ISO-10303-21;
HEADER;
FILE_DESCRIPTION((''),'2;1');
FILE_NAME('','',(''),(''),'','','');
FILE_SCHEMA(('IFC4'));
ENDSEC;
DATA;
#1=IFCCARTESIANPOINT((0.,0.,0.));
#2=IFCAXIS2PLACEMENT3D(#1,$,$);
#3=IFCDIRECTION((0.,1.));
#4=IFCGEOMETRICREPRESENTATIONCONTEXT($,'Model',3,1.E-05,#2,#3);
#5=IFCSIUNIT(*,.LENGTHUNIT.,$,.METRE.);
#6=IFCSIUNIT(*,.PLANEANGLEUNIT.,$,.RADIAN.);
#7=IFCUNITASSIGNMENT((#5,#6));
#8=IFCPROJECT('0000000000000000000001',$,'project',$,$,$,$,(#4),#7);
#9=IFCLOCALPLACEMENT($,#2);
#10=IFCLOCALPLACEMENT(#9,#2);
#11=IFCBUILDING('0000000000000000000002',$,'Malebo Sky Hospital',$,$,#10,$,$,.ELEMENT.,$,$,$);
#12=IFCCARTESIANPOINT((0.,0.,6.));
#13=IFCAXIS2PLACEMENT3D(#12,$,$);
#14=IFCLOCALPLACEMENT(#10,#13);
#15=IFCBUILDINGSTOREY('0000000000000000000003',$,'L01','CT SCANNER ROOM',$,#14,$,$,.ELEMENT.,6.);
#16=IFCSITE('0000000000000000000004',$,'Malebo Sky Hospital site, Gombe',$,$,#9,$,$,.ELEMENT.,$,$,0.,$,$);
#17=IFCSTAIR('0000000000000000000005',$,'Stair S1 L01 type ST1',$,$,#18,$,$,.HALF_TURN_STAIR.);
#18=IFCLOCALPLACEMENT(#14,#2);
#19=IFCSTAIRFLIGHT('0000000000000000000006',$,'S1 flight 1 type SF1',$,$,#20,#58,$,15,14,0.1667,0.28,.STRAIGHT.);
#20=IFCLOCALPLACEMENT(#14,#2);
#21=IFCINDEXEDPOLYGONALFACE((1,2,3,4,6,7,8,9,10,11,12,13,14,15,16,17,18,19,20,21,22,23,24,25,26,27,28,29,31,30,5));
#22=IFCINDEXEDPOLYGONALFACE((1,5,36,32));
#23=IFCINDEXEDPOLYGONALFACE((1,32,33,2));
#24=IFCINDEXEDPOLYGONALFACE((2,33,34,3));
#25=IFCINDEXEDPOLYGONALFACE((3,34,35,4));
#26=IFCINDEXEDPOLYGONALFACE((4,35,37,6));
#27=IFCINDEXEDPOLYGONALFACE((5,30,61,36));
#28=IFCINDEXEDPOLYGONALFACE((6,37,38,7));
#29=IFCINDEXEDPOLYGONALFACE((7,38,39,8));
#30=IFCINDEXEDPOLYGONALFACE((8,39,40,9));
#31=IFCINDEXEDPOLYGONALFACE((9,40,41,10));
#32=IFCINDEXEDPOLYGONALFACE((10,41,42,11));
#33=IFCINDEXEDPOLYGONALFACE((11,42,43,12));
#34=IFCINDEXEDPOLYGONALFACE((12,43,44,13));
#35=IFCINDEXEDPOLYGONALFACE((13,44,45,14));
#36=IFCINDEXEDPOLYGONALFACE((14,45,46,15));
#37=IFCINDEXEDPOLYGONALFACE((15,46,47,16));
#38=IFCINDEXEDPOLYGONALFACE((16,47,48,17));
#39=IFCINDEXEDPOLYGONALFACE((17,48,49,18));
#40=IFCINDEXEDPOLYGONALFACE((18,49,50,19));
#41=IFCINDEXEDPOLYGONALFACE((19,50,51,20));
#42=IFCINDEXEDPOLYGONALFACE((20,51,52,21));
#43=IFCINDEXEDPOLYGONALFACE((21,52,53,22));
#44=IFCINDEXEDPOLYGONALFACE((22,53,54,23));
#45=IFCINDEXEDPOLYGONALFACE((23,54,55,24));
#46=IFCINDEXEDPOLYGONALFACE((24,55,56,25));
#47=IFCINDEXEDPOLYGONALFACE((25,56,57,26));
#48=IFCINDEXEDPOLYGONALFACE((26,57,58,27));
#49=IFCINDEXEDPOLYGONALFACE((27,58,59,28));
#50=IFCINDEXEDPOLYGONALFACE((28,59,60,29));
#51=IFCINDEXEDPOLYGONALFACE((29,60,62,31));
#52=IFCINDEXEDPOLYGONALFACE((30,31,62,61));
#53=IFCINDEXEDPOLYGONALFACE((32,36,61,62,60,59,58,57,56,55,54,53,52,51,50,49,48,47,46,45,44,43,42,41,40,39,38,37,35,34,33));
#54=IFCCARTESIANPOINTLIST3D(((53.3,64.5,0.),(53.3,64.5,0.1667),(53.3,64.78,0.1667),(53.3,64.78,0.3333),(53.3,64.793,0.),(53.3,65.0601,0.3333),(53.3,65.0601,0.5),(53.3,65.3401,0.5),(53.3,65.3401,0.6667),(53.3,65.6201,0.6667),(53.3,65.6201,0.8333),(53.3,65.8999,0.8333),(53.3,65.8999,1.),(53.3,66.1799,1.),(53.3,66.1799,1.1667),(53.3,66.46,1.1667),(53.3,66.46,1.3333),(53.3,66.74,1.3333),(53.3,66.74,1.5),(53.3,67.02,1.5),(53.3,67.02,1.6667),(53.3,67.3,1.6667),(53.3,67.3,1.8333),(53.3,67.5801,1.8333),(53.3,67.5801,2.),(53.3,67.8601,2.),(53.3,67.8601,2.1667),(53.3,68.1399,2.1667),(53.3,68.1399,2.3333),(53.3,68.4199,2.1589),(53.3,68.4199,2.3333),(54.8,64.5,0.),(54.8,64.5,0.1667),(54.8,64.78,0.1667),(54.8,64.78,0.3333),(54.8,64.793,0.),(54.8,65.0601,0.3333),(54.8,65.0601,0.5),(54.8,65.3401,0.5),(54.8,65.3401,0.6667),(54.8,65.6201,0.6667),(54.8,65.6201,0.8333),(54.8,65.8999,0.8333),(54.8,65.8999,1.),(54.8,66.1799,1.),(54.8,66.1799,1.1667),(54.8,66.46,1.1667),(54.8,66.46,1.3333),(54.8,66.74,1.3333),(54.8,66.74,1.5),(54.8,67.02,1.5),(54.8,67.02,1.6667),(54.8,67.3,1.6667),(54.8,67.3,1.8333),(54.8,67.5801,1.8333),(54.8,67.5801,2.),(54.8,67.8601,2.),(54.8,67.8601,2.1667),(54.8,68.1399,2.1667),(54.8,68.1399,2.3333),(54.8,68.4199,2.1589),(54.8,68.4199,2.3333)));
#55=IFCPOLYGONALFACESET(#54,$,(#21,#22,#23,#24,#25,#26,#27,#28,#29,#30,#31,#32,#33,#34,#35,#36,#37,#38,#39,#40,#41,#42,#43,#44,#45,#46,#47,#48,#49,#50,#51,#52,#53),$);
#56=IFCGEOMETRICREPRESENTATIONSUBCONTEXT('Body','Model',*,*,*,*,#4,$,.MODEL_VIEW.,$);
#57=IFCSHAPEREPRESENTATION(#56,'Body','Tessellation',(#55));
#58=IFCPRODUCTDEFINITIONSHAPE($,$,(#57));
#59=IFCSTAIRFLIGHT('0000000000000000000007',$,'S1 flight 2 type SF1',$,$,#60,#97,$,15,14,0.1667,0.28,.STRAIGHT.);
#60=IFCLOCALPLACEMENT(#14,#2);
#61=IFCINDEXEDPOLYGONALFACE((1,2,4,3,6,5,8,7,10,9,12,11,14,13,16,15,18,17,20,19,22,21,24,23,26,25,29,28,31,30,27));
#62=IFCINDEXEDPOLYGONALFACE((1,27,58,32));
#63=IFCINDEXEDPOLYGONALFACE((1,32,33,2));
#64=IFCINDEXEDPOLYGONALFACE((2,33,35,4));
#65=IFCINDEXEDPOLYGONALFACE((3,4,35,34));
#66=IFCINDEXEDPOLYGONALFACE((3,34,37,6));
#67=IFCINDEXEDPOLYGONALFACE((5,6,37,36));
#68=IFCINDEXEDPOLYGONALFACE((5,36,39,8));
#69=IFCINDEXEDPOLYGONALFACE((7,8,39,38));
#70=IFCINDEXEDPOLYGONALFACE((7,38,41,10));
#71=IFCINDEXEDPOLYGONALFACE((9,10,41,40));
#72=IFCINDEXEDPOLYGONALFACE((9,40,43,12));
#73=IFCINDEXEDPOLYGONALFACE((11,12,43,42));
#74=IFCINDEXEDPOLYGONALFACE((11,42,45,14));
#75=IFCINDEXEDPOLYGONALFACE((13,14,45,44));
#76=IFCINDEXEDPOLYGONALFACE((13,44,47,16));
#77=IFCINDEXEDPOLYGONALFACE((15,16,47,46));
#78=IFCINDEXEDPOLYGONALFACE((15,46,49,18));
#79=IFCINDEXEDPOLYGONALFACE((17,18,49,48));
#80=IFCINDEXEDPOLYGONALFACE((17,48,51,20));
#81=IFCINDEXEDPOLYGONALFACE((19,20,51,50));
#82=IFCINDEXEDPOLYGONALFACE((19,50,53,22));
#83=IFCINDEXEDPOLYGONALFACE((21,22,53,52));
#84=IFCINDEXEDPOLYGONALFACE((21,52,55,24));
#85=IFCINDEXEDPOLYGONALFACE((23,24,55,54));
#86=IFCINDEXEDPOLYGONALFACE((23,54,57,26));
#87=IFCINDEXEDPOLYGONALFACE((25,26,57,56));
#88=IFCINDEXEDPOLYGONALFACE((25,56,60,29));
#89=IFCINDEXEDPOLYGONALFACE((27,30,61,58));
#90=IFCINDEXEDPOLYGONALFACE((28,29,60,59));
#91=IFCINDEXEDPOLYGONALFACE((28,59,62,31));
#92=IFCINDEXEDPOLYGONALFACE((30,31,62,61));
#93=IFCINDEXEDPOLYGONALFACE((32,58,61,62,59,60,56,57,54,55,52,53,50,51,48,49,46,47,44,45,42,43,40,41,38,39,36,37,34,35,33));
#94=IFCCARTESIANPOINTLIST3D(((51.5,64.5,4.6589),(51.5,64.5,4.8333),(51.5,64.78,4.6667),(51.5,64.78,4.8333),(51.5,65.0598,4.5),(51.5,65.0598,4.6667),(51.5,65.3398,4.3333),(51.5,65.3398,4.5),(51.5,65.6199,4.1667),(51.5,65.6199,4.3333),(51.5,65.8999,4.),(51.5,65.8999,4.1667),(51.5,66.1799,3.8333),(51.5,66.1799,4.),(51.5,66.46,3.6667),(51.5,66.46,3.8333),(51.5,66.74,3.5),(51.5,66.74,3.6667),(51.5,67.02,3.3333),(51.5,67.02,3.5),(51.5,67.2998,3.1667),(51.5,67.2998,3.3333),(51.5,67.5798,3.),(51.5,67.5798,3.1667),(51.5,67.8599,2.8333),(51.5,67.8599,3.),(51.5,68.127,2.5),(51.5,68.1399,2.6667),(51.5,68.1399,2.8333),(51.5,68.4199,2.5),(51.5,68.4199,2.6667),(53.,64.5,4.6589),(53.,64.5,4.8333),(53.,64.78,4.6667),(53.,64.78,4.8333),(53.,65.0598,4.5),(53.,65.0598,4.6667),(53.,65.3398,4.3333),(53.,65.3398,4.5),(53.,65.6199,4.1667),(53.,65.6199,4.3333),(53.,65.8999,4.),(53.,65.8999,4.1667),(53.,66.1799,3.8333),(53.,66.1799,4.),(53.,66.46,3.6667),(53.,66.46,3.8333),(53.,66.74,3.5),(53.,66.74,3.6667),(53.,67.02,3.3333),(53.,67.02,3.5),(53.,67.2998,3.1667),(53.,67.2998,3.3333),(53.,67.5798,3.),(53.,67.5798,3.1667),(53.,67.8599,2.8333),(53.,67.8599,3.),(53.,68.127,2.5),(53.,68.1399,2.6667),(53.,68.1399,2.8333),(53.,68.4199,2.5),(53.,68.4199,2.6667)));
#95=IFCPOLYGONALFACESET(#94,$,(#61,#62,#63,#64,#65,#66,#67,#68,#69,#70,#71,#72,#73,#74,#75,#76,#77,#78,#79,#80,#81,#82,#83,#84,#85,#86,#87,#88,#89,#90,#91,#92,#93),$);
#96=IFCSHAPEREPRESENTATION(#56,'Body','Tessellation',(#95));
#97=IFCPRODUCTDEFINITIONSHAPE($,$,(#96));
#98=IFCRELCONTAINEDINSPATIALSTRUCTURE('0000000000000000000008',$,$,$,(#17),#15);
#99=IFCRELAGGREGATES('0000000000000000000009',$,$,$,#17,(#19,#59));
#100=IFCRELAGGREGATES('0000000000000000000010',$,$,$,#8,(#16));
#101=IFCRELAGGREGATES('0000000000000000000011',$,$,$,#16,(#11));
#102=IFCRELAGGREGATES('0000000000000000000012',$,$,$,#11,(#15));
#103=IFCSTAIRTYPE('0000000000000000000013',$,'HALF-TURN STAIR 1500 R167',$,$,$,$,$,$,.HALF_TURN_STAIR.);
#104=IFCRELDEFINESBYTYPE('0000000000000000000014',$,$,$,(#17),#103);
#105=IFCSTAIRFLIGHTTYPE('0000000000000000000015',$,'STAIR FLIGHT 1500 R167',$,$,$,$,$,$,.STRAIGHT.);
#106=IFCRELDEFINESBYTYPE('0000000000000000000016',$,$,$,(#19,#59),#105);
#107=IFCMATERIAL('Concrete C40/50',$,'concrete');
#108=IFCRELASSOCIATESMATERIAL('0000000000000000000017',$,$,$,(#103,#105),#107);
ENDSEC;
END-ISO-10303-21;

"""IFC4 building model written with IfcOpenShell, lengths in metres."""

from ifc_helpers import new_model, si_unit, direction, frame, origin, place, context, subcontext, project, spatial, polyline, outline, extrude, material, type_object, element, aggregate, save


model = new_model("IFC4")

# Units and contexts
model_context = context("Model", 3, precision=1e-05, world=origin(), true_north=direction((0.0, 1.0)))
body_context = subcontext(model_context, "Body", "Model", "MODEL_VIEW")
ifc_project = project(units=[si_unit("LENGTHUNIT", "METRE"), si_unit("PLANEANGLEUNIT", "RADIAN")], contexts=[model_context])

# Site, building, storey
site_placement = place(None, origin())
site = spatial("IfcSite", under=ifc_project, at=site_placement, Name="Malebo Sky Hospital site, Gombe", CompositionType="ELEMENT", RefElevation=0.0)
building_placement = place(site_placement, origin())
building = spatial("IfcBuilding", under=site, at=building_placement, Name="Malebo Sky Hospital", CompositionType="ELEMENT")
storey_placement = place(building_placement, frame((0.0, 0.0, 6.0)))
storey = spatial("IfcBuildingStorey", under=building, at=storey_placement, Name="L01", Description="CT SCANNER ROOM", CompositionType="ELEMENT", Elevation=6.0)

# Stair, stair flights
ifc_material_1 = material(Name="Concrete C40/50", Category="concrete")
stair_type = type_object("IfcStairType", Name="HALF-TURN STAIR 1500 R167", PredefinedType="HALF_TURN_STAIR", material=ifc_material_1)
stair_placement = place(storey_placement, origin())
stair = element("IfcStair", 1, at=stair_placement, inside=storey, type_object=stair_type, Name="Stair S1 L01 type ST1", PredefinedType="HALF_TURN_STAIR")
stair_flight_type = type_object("IfcStairFlightType", Name="STAIR FLIGHT 1500 R167", PredefinedType="STRAIGHT", material=ifc_material_1)
stair_flight_1_placement = place(storey_placement, frame((54.05, 64.5, 0.0), z_axis=(0.0, 0.0, 1.0), x_axis=(0.0, 1.0, 0.0)))
stair_flight_1 = element("IfcStairFlight", 2, at=stair_flight_1_placement, type_object=stair_flight_type, Name="S1 flight 1 type SF1", NumberOfRisers=15, NumberOfTreads=14, PredefinedType="STRAIGHT", RiserHeight=0.1667, TreadLength=0.28, context=body_context, shape_type="SweptSolid", body=[
    extrude(outline(polyline([(0.0, 0.0), (0.0, 0.1667), (0.28, 0.1667), (0.28, 0.3333), (0.5601, 0.3333), (0.5601, 0.5), (0.8401, 0.5), (0.8401, 0.6667), (1.1201, 0.6667), (1.1201, 0.8333), (1.3999, 0.8333), (1.3999, 1.0), (1.6799, 1.0), (1.6799, 1.1667), (1.96, 1.1667), (1.96, 1.3333), (2.24, 1.3333), (2.24, 1.5), (2.52, 1.5), (2.52, 1.6667), (2.8, 1.6667), (2.8, 1.8333), (3.0801, 1.8333), (3.0801, 2.0), (3.3601, 2.0), (3.3601, 2.1667), (3.6399, 2.1667), (3.6399, 2.3333), (3.9199, 2.3333), (3.9199, 2.5), (3.9199, 2.1589), (0.293, 0.0), (0.0, 0.0)])), frame((0.0, 0.75, 0.0), z_axis=(0.0, -1.0, 0.0), x_axis=(1.0, 0.0, 0.0)), (0.0, 0.0, 1.0), 1.5),
])
stair_flight_2_placement = place(storey_placement, frame((52.25, 68.4199, 2.5), z_axis=(0.0, 0.0, 1.0), x_axis=(0.0, -1.0, 0.0)))
stair_flight_2 = element("IfcStairFlight", 3, at=stair_flight_2_placement, type_object=stair_flight_type, Name="S1 flight 2 type SF1", NumberOfRisers=15, NumberOfTreads=14, PredefinedType="STRAIGHT", RiserHeight=0.1667, TreadLength=0.28, context=body_context, shape_type="SweptSolid", body=[
    extrude(outline(polyline([(0.0, 0.0), (0.0, 0.1667), (0.28, 0.1667), (0.28, 0.3333), (0.5601, 0.3333), (0.5601, 0.5), (0.8401, 0.5), (0.8401, 0.6667), (1.1201, 0.6667), (1.1201, 0.8333), (1.3999, 0.8333), (1.3999, 1.0), (1.6799, 1.0), (1.6799, 1.1667), (1.96, 1.1667), (1.96, 1.3333), (2.24, 1.3333), (2.24, 1.5), (2.52, 1.5), (2.52, 1.6667), (2.8, 1.6667), (2.8, 1.8333), (3.0801, 1.8333), (3.0801, 2.0), (3.3601, 2.0), (3.3601, 2.1667), (3.6399, 2.1667), (3.6399, 2.3333), (3.9199, 2.3333), (3.9199, 2.5), (3.9199, 2.1589), (0.293, 0.0), (0.0, 0.0)])), frame((0.0, 0.75, 0.0), z_axis=(0.0, -1.0, 0.0), x_axis=(1.0, 0.0, 0.0)), (0.0, 0.0, 1.0), 1.5),
])
aggregate(stair, [stair_flight_1, stair_flight_2])

save(model, "model.ifc")
